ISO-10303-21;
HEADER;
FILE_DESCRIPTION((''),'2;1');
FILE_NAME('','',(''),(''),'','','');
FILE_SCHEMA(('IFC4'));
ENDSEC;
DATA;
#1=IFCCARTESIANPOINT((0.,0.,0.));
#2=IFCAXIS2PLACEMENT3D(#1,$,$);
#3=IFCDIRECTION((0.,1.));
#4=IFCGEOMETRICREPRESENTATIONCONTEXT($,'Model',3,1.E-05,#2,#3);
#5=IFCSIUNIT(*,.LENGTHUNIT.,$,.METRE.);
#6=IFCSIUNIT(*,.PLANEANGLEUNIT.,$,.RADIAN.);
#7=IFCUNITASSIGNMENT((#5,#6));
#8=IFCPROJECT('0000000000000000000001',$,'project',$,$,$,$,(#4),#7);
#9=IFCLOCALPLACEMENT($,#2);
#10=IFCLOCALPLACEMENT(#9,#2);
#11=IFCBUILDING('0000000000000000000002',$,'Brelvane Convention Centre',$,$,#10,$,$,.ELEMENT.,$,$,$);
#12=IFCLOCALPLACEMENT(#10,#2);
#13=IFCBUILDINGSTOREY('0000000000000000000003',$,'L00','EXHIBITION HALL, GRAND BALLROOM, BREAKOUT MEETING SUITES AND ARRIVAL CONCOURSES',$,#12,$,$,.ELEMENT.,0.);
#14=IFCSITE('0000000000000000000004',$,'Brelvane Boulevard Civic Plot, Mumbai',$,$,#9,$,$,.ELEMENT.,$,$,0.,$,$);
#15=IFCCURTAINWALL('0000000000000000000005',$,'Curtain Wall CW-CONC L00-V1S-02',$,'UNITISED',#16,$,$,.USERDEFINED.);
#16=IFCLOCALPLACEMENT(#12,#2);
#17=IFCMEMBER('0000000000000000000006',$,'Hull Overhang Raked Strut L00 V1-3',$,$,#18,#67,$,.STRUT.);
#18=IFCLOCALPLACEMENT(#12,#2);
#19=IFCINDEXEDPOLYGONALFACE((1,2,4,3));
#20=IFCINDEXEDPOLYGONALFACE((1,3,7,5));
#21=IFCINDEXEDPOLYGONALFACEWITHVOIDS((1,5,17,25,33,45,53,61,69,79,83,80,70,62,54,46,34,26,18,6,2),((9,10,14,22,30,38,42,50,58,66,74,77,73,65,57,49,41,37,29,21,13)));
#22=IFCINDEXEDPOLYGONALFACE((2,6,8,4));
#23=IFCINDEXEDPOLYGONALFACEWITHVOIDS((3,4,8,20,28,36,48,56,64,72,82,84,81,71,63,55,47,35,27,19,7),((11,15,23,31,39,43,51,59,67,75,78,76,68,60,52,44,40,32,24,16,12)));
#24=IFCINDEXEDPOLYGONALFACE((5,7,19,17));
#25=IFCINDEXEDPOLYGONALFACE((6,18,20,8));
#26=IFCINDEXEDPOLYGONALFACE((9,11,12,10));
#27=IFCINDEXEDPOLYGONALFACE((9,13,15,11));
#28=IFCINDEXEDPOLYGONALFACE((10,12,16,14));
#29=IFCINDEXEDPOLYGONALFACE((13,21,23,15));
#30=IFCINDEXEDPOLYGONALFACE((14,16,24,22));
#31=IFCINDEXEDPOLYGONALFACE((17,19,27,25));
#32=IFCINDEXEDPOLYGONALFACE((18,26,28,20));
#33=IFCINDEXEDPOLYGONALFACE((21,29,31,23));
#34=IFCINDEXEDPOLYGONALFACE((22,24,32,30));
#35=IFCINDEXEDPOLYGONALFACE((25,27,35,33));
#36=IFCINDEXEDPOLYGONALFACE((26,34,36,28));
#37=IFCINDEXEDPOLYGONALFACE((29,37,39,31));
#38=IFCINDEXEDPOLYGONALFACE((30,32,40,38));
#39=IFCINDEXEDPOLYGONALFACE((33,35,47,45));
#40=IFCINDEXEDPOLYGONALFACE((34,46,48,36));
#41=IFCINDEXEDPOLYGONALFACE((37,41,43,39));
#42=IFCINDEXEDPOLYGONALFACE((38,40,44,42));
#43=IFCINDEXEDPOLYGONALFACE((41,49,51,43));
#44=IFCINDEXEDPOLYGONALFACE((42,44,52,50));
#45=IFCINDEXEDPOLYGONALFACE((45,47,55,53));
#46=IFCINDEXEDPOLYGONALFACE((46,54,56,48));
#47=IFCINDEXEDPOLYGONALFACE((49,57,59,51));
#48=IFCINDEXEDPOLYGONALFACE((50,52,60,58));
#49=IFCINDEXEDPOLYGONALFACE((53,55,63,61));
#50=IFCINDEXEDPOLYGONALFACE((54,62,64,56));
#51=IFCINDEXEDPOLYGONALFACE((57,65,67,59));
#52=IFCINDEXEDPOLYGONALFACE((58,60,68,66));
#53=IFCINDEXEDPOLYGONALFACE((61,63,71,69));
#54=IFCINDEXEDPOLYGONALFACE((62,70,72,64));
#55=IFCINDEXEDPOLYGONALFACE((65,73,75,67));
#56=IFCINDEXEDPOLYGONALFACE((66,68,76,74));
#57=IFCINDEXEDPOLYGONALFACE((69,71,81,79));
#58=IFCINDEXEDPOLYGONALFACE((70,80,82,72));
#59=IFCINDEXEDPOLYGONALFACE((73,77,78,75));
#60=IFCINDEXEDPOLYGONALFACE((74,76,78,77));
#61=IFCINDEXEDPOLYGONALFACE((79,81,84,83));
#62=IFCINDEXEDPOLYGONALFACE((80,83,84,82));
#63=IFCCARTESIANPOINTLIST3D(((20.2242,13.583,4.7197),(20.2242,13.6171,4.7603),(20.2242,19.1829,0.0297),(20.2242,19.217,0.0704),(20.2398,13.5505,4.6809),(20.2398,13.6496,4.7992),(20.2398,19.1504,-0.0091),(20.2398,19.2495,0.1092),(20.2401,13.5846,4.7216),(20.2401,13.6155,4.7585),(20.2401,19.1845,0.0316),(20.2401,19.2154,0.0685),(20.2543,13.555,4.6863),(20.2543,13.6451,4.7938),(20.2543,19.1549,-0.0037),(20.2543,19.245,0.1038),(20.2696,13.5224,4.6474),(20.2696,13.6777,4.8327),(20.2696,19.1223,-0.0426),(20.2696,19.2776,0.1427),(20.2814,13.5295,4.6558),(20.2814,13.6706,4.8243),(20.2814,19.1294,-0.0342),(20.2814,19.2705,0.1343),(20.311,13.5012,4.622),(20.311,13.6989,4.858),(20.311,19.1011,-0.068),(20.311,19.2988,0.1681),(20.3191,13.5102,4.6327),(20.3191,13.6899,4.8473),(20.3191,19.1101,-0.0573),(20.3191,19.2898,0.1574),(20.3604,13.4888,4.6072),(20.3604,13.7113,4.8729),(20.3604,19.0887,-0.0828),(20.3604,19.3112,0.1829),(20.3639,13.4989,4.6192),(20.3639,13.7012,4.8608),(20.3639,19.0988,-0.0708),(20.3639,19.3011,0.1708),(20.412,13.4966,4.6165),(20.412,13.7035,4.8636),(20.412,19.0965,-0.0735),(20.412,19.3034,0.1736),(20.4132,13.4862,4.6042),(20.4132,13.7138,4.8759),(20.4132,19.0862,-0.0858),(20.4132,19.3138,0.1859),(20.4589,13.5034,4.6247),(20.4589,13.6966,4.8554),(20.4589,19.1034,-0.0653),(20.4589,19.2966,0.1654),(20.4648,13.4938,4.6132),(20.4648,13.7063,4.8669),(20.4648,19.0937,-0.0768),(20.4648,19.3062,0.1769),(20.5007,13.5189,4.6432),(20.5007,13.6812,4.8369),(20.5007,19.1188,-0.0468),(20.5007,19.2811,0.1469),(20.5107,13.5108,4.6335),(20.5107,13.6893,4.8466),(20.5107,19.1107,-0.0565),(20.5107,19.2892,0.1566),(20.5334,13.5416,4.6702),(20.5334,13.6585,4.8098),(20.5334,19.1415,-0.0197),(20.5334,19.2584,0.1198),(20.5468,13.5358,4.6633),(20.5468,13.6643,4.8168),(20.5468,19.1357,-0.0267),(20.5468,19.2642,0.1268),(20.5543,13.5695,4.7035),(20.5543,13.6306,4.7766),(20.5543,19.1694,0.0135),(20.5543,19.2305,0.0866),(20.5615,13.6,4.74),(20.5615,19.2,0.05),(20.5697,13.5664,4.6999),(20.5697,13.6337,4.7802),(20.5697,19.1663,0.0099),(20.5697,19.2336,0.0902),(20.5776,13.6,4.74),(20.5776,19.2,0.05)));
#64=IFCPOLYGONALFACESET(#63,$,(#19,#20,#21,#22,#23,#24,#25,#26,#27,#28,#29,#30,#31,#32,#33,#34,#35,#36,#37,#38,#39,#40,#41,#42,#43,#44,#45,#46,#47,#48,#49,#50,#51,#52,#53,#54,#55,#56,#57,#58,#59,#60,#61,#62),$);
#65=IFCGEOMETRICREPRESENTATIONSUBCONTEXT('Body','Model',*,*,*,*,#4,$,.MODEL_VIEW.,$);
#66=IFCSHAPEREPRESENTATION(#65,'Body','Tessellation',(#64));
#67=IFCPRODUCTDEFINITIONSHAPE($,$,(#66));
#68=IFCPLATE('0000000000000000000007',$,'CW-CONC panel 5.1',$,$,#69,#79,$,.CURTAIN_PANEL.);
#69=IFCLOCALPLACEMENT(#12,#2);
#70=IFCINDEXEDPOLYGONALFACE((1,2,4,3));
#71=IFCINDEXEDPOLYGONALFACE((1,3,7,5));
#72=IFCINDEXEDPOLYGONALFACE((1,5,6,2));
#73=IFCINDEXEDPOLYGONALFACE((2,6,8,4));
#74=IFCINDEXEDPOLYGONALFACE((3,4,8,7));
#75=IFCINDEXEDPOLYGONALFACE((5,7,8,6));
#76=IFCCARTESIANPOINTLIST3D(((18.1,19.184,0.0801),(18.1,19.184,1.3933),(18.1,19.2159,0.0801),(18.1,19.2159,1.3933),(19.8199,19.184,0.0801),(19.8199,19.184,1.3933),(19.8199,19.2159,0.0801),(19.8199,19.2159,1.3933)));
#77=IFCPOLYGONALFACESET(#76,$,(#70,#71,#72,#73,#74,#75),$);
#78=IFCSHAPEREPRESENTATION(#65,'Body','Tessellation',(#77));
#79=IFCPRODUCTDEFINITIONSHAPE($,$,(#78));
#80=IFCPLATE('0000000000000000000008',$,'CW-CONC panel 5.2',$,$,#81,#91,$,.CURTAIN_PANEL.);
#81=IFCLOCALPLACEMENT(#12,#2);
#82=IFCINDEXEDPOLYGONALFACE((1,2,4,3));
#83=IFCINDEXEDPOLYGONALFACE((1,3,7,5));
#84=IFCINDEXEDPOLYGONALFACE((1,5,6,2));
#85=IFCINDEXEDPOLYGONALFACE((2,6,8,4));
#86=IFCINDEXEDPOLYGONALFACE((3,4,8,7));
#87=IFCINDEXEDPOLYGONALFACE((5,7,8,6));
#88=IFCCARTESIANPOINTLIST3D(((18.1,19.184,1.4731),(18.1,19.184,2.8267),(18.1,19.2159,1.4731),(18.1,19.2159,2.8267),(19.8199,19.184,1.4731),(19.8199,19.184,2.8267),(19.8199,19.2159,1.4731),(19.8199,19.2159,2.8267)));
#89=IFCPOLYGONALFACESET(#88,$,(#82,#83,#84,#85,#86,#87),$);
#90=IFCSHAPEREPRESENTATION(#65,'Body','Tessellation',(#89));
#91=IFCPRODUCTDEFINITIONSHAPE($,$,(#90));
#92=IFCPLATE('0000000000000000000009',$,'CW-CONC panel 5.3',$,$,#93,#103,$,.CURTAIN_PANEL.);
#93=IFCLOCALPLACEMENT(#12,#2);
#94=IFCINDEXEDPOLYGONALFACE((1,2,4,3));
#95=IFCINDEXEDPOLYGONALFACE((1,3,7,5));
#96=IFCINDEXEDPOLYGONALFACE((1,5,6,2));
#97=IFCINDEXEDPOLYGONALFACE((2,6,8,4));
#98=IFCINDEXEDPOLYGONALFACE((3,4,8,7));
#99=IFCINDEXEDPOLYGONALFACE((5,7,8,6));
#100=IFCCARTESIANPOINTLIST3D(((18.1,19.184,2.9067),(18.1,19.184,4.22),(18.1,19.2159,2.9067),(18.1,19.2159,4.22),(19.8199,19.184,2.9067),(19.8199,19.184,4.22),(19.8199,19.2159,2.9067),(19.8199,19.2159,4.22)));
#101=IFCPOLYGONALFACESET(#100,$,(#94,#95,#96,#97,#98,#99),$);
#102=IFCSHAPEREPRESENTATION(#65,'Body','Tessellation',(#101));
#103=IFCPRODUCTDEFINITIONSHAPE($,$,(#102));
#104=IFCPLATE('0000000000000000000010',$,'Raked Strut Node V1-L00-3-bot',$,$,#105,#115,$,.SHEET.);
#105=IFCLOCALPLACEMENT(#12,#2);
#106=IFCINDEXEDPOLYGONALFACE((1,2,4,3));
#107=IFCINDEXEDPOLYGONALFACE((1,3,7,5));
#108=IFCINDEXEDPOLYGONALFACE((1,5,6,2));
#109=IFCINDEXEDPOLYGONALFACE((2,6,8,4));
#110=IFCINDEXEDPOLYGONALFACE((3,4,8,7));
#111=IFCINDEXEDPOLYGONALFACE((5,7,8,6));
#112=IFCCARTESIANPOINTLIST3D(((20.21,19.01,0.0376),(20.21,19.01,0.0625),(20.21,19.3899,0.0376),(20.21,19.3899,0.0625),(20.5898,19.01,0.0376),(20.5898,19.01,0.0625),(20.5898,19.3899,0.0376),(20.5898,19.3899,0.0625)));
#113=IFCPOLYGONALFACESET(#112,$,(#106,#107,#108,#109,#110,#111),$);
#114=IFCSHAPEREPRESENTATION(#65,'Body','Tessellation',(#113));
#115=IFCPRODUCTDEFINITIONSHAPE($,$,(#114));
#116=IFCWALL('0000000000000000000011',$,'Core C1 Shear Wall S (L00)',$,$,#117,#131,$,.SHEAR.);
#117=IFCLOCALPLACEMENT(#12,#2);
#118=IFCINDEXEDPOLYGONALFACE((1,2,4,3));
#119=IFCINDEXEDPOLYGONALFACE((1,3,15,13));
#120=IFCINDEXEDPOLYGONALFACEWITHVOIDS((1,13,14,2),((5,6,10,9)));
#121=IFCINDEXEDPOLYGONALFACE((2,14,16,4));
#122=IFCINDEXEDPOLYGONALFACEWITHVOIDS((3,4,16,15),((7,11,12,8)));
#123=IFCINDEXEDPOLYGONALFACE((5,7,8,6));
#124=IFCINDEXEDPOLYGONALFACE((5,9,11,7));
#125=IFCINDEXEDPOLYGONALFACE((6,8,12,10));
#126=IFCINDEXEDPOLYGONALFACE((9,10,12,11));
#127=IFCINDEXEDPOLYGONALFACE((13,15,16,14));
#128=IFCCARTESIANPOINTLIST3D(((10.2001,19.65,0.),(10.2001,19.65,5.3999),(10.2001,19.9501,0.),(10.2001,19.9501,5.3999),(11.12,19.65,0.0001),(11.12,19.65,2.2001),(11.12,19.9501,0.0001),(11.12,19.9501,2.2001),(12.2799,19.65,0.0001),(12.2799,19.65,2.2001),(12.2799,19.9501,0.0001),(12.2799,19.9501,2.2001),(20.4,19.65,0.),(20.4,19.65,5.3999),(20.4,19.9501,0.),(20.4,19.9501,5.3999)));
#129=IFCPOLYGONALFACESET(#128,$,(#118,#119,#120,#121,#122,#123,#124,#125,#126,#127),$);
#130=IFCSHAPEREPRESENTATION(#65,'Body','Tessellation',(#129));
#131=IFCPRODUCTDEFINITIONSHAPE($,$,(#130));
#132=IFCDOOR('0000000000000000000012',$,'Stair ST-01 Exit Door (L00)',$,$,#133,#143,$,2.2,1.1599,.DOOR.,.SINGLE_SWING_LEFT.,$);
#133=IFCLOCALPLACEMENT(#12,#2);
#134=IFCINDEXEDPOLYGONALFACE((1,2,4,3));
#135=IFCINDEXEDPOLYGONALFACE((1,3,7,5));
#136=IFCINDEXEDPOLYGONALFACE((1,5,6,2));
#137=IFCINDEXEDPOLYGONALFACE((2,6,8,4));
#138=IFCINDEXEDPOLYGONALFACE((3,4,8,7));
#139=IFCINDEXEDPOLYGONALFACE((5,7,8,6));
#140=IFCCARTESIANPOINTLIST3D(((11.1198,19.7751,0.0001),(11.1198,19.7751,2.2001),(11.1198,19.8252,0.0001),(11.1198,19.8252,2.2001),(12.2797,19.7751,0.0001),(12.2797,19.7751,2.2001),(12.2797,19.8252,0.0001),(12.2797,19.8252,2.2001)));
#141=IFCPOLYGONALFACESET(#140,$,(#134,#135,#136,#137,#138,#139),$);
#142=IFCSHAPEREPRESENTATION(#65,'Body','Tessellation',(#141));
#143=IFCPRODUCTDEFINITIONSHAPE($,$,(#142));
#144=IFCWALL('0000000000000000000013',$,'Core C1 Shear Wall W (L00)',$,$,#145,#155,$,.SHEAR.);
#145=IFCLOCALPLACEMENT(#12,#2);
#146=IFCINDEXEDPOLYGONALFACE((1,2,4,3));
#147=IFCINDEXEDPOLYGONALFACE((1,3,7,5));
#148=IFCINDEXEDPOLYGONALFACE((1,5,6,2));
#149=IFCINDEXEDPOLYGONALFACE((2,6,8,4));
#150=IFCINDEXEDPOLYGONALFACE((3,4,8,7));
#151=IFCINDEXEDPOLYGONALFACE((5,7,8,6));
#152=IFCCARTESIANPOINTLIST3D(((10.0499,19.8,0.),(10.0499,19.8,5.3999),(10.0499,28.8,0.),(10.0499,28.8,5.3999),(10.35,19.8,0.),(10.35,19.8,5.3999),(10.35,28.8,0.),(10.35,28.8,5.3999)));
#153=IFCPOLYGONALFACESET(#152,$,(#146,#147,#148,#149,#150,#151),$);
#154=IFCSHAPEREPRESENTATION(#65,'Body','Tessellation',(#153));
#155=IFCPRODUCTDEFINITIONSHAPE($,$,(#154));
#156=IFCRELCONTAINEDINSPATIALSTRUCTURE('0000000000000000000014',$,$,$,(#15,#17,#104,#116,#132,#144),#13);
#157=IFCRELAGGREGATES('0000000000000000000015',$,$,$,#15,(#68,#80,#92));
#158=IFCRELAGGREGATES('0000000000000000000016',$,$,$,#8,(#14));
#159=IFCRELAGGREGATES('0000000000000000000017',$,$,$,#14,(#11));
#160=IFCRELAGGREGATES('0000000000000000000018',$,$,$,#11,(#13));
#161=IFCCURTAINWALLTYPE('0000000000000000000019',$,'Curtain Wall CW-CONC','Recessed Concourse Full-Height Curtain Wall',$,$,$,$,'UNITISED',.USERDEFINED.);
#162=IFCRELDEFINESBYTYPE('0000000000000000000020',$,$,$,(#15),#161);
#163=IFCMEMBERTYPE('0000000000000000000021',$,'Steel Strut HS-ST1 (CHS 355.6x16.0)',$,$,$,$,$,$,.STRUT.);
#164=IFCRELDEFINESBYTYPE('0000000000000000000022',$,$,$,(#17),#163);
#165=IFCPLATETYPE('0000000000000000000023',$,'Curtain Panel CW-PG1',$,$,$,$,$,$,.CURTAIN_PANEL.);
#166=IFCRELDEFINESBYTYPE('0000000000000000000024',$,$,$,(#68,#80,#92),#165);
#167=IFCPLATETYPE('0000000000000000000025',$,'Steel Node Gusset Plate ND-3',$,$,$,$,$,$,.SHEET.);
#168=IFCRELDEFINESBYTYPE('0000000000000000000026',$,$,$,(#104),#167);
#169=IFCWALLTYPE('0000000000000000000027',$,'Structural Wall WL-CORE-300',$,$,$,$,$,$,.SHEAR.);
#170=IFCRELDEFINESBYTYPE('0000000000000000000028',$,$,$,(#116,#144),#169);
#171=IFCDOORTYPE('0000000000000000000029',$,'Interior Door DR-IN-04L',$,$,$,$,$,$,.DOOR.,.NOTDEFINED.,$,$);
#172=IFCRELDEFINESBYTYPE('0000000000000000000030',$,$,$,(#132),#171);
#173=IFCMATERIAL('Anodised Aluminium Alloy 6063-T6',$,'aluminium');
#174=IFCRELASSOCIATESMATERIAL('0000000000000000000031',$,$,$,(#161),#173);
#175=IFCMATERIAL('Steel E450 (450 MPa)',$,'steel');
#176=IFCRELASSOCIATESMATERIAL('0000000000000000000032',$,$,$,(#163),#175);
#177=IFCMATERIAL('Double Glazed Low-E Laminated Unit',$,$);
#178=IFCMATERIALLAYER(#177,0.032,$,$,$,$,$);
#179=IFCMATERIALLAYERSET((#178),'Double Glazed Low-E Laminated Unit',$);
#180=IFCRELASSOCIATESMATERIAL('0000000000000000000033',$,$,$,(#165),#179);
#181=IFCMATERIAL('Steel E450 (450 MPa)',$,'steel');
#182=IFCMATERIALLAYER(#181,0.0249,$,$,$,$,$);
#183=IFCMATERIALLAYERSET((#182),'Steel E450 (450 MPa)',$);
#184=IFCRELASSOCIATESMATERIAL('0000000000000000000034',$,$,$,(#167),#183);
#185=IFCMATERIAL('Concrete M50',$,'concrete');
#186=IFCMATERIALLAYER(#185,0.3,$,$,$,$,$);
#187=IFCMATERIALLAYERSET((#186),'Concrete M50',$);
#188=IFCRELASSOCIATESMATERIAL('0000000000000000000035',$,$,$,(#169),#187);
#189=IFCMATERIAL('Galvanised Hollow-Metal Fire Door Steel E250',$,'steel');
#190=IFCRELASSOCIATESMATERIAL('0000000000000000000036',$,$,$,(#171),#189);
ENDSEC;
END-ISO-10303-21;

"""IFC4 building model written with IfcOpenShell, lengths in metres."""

from ifc_helpers import new_model, si_unit, direction, frame, frame_2d, origin, origin_2d, place, context, subcontext, project, spatial, rectangle, hollow_circle, extrude, material, layer, layer_set, material_profile, profile_set, type_object, element, fill, aggregate, save


model = new_model("IFC4")

# Units and contexts
model_context = context("Model", 3, precision=1e-05, world=origin(), true_north=direction((0.0, 1.0)))
body_context = subcontext(model_context, "Body", "Model", "MODEL_VIEW")
ifc_project = project(units=[si_unit("LENGTHUNIT", "METRE"), si_unit("PLANEANGLEUNIT", "RADIAN")], contexts=[model_context])

# Site, building, storey
site_placement = place(None, origin())
site = spatial("IfcSite", under=ifc_project, at=site_placement, Name="Brelvane Boulevard Civic Plot, Mumbai", CompositionType="ELEMENT", RefElevation=0.0)
building_placement = place(site_placement, origin())
building = spatial("IfcBuilding", under=site, at=building_placement, Name="Brelvane Convention Centre", CompositionType="ELEMENT")
storey_placement = place(building_placement, origin())
storey = spatial("IfcBuildingStorey", under=building, at=storey_placement, Name="L00", Description="EXHIBITION HALL, GRAND BALLROOM, BREAKOUT MEETING SUITES AND ARRIVAL CONCOURSES", CompositionType="ELEMENT", Elevation=0.0)

# Curtain wall
ifc_material_1 = material(Name="Anodised Aluminium Alloy 6063-T6", Category="aluminium")
curtain_wall_type = type_object("IfcCurtainWallType", Name="Curtain Wall CW-CONC", Description="Recessed Concourse Full-Height Curtain Wall", ElementType="UNITISED", PredefinedType="USERDEFINED", material=ifc_material_1)
curtain_wall_placement = place(storey_placement, origin())
curtain_wall = element("IfcCurtainWall", 1, at=curtain_wall_placement, inside=storey, type_object=curtain_wall_type, Name="Curtain Wall CW-CONC L00-V1S-02", ObjectType="UNITISED", PredefinedType="USERDEFINED")

# Member
ifc_material_2 = material(Name="Steel E450 (450 MPa)", Category="steel")
ifc_material_profile_1 = material_profile(ifc_material_2, hollow_circle(Radius=0.1777, WallThickness=0.0161, at=origin_2d()), Name="CHS 355.6x16.0")
ifc_profile_set_1 = profile_set([ifc_material_profile_1], Name="Steel E450 (450 MPa)")
member_type_1 = type_object("IfcMemberType", Name="Steel Strut HS-ST1 (CHS 355.6x16.0)", PredefinedType="STRUT", material=ifc_profile_set_1)
member_1_placement = place(storey_placement, frame((20.3999, 19.2, 0.05), z_axis=(0.0, -0.766644, 0.642073), x_axis=(1.0, 0.0, 0.0)))
element("IfcMember", 2, at=member_1_placement, inside=storey, type_object=member_type_1, Name="Hull Overhang Raked Strut L00 V1-3", PredefinedType="STRUT", context=body_context, shape_type="SweptSolid", body=[
    extrude(hollow_circle(Radius=0.1777, WallThickness=0.0161, at=origin_2d()), origin(), (0.0, 0.0, 1.0), 7.3044),
])

# Plates
ifc_material_3 = material(Name="Double Glazed Low-E Laminated Unit")
ifc_layer_1 = layer(ifc_material_3, 0.032)
ifc_layer_set_1 = layer_set([ifc_layer_1], Name="Double Glazed Low-E Laminated Unit")
plate_type_1 = type_object("IfcPlateType", Name="Curtain Panel CW-PG1", PredefinedType="CURTAIN_PANEL", material=ifc_layer_set_1)
plate_1_placement = place(storey_placement, frame((18.96, 19.2, 0.0801), z_axis=(0.0, 0.0, 1.0), x_axis=(1.0, 0.0, 0.0)))
plate_1 = element("IfcPlate", 3, at=plate_1_placement, type_object=plate_type_1, Name="CW-CONC panel 5.1", PredefinedType="CURTAIN_PANEL", context=body_context, shape_type="SweptSolid", body=[
    extrude(rectangle(XDim=1.72, YDim=0.032, at=origin_2d()), origin(), (0.0, 0.0, 1.0), 1.3132),
])
plate_2_placement = place(storey_placement, frame((18.96, 19.2, 1.4731), z_axis=(0.0, 0.0, 1.0), x_axis=(1.0, 0.0, 0.0)))
plate_2 = element("IfcPlate", 4, at=plate_2_placement, type_object=plate_type_1, Name="CW-CONC panel 5.2", PredefinedType="CURTAIN_PANEL", context=body_context, shape_type="SweptSolid", body=[
    extrude(rectangle(XDim=1.72, YDim=0.032, at=origin_2d()), origin(), (0.0, 0.0, 1.0), 1.3535),
])
plate_3_placement = place(storey_placement, frame((18.96, 19.2, 2.9067), z_axis=(0.0, 0.0, 1.0), x_axis=(1.0, 0.0, 0.0)))
plate_3 = element("IfcPlate", 5, at=plate_3_placement, type_object=plate_type_1, Name="CW-CONC panel 5.3", PredefinedType="CURTAIN_PANEL", context=body_context, shape_type="SweptSolid", body=[
    extrude(rectangle(XDim=1.72, YDim=0.032, at=origin_2d()), origin(), (0.0, 0.0, 1.0), 1.3132),
])
aggregate(curtain_wall, [plate_1, plate_2, plate_3])
ifc_material_4 = material(Name="Steel E450 (450 MPa)", Category="steel")
ifc_layer_2 = layer(ifc_material_4, 0.0249)
ifc_layer_set_2 = layer_set([ifc_layer_2], Name="Steel E450 (450 MPa)")
plate_type_2 = type_object("IfcPlateType", Name="Steel Node Gusset Plate ND-3", PredefinedType="SHEET", material=ifc_layer_set_2)
plate_4_placement = place(storey_placement, frame((20.3999, 19.2, 0.0376), z_axis=(0.0, 0.0, 1.0), x_axis=(1.0, 0.0, 0.0)))
element("IfcPlate", 6, at=plate_4_placement, inside=storey, type_object=plate_type_2, Name="Raked Strut Node V1-L00-3-bot", PredefinedType="SHEET", context=body_context, shape_type="SweptSolid", body=[
    extrude(rectangle(XDim=0.3799, YDim=0.3799, at=origin_2d()), origin(), (0.0, 0.0, 1.0), 0.0249),
])

# Wall, opening, door
ifc_material_5 = material(Name="Concrete M50", Category="concrete")
ifc_layer_3 = layer(ifc_material_5, 0.3)
ifc_layer_set_3 = layer_set([ifc_layer_3], Name="Concrete M50")
wall_type = type_object("IfcWallType", Name="Structural Wall WL-CORE-300", PredefinedType="SHEAR", material=ifc_layer_set_3)
wall_1_placement = place(storey_placement, frame((10.2, 19.8, 0.0), z_axis=(0.0, 0.0, 1.0), x_axis=(1.0, 0.0, 0.0)))
wall_1 = element("IfcWall", 7, at=wall_1_placement, inside=storey, type_object=wall_type, Name="Core C1 Shear Wall S (L00)", PredefinedType="SHEAR", context=body_context, shape_type="SweptSolid", body=[
    extrude(rectangle(XDim=10.2, YDim=0.3, at=frame_2d((5.1001, 0.0))), origin(), (0.0, 0.0, 1.0), 5.3999),
])
opening_placement = place(wall_1_placement, frame((0.9199, 0.0, 0.0)))
opening = element("IfcOpeningElement", 8, at=opening_placement, cuts=wall_1, PredefinedType="OPENING", context=body_context, shape_type="SweptSolid", body=[
    extrude(rectangle(XDim=1.1599, YDim=2.2, at=frame_2d((0.5801, 1.1001))), frame((0.0, 0.1599, 0.0), z_axis=(0.0, -1.0, 0.0), x_axis=(1.0, 0.0, 0.0)), (0.0, 0.0, 1.0), 0.3201),
])
ifc_material_6 = material(Name="Galvanised Hollow-Metal Fire Door Steel E250", Category="steel")
door_type = type_object("IfcDoorType", Name="Interior Door DR-IN-04L", OperationType="NOTDEFINED", PredefinedType="DOOR", material=ifc_material_6)
door_placement = place(opening_placement, frame((1.1599, 0.0, 0.0), z_axis=(0.0, 0.0, 1.0), x_axis=(-1.0, 0.0, 0.0)))
door = element("IfcDoor", 9, at=door_placement, inside=storey, type_object=door_type, Name="Stair ST-01 Exit Door (L00)", OperationType="SINGLE_SWING_LEFT", OverallHeight=2.2, OverallWidth=1.1599, PredefinedType="DOOR", context=body_context, shape_type="SweptSolid", body=[
    extrude(rectangle(XDim=1.1599, YDim=2.2, at=frame_2d((0.5801, 1.1001))), frame((0.0, 0.0249, 0.0), z_axis=(0.0, -1.0, 0.0), x_axis=(1.0, 0.0, 0.0)), (0.0, 0.0, 1.0), 0.05),
])
fill(opening, door)

# Wall
wall_2_placement = place(storey_placement, frame((10.2, 19.8, 0.0), z_axis=(0.0, 0.0, 1.0), x_axis=(0.0, 1.0, 0.0)))
element("IfcWall", 10, at=wall_2_placement, inside=storey, type_object=wall_type, Name="Core C1 Shear Wall W (L00)", PredefinedType="SHEAR", context=body_context, shape_type="SweptSolid", body=[
    extrude(rectangle(XDim=9.0, YDim=0.3, at=frame_2d((4.5, 0.0))), origin(), (0.0, 0.0, 1.0), 5.3999),
])

save(model, "model.ifc")
